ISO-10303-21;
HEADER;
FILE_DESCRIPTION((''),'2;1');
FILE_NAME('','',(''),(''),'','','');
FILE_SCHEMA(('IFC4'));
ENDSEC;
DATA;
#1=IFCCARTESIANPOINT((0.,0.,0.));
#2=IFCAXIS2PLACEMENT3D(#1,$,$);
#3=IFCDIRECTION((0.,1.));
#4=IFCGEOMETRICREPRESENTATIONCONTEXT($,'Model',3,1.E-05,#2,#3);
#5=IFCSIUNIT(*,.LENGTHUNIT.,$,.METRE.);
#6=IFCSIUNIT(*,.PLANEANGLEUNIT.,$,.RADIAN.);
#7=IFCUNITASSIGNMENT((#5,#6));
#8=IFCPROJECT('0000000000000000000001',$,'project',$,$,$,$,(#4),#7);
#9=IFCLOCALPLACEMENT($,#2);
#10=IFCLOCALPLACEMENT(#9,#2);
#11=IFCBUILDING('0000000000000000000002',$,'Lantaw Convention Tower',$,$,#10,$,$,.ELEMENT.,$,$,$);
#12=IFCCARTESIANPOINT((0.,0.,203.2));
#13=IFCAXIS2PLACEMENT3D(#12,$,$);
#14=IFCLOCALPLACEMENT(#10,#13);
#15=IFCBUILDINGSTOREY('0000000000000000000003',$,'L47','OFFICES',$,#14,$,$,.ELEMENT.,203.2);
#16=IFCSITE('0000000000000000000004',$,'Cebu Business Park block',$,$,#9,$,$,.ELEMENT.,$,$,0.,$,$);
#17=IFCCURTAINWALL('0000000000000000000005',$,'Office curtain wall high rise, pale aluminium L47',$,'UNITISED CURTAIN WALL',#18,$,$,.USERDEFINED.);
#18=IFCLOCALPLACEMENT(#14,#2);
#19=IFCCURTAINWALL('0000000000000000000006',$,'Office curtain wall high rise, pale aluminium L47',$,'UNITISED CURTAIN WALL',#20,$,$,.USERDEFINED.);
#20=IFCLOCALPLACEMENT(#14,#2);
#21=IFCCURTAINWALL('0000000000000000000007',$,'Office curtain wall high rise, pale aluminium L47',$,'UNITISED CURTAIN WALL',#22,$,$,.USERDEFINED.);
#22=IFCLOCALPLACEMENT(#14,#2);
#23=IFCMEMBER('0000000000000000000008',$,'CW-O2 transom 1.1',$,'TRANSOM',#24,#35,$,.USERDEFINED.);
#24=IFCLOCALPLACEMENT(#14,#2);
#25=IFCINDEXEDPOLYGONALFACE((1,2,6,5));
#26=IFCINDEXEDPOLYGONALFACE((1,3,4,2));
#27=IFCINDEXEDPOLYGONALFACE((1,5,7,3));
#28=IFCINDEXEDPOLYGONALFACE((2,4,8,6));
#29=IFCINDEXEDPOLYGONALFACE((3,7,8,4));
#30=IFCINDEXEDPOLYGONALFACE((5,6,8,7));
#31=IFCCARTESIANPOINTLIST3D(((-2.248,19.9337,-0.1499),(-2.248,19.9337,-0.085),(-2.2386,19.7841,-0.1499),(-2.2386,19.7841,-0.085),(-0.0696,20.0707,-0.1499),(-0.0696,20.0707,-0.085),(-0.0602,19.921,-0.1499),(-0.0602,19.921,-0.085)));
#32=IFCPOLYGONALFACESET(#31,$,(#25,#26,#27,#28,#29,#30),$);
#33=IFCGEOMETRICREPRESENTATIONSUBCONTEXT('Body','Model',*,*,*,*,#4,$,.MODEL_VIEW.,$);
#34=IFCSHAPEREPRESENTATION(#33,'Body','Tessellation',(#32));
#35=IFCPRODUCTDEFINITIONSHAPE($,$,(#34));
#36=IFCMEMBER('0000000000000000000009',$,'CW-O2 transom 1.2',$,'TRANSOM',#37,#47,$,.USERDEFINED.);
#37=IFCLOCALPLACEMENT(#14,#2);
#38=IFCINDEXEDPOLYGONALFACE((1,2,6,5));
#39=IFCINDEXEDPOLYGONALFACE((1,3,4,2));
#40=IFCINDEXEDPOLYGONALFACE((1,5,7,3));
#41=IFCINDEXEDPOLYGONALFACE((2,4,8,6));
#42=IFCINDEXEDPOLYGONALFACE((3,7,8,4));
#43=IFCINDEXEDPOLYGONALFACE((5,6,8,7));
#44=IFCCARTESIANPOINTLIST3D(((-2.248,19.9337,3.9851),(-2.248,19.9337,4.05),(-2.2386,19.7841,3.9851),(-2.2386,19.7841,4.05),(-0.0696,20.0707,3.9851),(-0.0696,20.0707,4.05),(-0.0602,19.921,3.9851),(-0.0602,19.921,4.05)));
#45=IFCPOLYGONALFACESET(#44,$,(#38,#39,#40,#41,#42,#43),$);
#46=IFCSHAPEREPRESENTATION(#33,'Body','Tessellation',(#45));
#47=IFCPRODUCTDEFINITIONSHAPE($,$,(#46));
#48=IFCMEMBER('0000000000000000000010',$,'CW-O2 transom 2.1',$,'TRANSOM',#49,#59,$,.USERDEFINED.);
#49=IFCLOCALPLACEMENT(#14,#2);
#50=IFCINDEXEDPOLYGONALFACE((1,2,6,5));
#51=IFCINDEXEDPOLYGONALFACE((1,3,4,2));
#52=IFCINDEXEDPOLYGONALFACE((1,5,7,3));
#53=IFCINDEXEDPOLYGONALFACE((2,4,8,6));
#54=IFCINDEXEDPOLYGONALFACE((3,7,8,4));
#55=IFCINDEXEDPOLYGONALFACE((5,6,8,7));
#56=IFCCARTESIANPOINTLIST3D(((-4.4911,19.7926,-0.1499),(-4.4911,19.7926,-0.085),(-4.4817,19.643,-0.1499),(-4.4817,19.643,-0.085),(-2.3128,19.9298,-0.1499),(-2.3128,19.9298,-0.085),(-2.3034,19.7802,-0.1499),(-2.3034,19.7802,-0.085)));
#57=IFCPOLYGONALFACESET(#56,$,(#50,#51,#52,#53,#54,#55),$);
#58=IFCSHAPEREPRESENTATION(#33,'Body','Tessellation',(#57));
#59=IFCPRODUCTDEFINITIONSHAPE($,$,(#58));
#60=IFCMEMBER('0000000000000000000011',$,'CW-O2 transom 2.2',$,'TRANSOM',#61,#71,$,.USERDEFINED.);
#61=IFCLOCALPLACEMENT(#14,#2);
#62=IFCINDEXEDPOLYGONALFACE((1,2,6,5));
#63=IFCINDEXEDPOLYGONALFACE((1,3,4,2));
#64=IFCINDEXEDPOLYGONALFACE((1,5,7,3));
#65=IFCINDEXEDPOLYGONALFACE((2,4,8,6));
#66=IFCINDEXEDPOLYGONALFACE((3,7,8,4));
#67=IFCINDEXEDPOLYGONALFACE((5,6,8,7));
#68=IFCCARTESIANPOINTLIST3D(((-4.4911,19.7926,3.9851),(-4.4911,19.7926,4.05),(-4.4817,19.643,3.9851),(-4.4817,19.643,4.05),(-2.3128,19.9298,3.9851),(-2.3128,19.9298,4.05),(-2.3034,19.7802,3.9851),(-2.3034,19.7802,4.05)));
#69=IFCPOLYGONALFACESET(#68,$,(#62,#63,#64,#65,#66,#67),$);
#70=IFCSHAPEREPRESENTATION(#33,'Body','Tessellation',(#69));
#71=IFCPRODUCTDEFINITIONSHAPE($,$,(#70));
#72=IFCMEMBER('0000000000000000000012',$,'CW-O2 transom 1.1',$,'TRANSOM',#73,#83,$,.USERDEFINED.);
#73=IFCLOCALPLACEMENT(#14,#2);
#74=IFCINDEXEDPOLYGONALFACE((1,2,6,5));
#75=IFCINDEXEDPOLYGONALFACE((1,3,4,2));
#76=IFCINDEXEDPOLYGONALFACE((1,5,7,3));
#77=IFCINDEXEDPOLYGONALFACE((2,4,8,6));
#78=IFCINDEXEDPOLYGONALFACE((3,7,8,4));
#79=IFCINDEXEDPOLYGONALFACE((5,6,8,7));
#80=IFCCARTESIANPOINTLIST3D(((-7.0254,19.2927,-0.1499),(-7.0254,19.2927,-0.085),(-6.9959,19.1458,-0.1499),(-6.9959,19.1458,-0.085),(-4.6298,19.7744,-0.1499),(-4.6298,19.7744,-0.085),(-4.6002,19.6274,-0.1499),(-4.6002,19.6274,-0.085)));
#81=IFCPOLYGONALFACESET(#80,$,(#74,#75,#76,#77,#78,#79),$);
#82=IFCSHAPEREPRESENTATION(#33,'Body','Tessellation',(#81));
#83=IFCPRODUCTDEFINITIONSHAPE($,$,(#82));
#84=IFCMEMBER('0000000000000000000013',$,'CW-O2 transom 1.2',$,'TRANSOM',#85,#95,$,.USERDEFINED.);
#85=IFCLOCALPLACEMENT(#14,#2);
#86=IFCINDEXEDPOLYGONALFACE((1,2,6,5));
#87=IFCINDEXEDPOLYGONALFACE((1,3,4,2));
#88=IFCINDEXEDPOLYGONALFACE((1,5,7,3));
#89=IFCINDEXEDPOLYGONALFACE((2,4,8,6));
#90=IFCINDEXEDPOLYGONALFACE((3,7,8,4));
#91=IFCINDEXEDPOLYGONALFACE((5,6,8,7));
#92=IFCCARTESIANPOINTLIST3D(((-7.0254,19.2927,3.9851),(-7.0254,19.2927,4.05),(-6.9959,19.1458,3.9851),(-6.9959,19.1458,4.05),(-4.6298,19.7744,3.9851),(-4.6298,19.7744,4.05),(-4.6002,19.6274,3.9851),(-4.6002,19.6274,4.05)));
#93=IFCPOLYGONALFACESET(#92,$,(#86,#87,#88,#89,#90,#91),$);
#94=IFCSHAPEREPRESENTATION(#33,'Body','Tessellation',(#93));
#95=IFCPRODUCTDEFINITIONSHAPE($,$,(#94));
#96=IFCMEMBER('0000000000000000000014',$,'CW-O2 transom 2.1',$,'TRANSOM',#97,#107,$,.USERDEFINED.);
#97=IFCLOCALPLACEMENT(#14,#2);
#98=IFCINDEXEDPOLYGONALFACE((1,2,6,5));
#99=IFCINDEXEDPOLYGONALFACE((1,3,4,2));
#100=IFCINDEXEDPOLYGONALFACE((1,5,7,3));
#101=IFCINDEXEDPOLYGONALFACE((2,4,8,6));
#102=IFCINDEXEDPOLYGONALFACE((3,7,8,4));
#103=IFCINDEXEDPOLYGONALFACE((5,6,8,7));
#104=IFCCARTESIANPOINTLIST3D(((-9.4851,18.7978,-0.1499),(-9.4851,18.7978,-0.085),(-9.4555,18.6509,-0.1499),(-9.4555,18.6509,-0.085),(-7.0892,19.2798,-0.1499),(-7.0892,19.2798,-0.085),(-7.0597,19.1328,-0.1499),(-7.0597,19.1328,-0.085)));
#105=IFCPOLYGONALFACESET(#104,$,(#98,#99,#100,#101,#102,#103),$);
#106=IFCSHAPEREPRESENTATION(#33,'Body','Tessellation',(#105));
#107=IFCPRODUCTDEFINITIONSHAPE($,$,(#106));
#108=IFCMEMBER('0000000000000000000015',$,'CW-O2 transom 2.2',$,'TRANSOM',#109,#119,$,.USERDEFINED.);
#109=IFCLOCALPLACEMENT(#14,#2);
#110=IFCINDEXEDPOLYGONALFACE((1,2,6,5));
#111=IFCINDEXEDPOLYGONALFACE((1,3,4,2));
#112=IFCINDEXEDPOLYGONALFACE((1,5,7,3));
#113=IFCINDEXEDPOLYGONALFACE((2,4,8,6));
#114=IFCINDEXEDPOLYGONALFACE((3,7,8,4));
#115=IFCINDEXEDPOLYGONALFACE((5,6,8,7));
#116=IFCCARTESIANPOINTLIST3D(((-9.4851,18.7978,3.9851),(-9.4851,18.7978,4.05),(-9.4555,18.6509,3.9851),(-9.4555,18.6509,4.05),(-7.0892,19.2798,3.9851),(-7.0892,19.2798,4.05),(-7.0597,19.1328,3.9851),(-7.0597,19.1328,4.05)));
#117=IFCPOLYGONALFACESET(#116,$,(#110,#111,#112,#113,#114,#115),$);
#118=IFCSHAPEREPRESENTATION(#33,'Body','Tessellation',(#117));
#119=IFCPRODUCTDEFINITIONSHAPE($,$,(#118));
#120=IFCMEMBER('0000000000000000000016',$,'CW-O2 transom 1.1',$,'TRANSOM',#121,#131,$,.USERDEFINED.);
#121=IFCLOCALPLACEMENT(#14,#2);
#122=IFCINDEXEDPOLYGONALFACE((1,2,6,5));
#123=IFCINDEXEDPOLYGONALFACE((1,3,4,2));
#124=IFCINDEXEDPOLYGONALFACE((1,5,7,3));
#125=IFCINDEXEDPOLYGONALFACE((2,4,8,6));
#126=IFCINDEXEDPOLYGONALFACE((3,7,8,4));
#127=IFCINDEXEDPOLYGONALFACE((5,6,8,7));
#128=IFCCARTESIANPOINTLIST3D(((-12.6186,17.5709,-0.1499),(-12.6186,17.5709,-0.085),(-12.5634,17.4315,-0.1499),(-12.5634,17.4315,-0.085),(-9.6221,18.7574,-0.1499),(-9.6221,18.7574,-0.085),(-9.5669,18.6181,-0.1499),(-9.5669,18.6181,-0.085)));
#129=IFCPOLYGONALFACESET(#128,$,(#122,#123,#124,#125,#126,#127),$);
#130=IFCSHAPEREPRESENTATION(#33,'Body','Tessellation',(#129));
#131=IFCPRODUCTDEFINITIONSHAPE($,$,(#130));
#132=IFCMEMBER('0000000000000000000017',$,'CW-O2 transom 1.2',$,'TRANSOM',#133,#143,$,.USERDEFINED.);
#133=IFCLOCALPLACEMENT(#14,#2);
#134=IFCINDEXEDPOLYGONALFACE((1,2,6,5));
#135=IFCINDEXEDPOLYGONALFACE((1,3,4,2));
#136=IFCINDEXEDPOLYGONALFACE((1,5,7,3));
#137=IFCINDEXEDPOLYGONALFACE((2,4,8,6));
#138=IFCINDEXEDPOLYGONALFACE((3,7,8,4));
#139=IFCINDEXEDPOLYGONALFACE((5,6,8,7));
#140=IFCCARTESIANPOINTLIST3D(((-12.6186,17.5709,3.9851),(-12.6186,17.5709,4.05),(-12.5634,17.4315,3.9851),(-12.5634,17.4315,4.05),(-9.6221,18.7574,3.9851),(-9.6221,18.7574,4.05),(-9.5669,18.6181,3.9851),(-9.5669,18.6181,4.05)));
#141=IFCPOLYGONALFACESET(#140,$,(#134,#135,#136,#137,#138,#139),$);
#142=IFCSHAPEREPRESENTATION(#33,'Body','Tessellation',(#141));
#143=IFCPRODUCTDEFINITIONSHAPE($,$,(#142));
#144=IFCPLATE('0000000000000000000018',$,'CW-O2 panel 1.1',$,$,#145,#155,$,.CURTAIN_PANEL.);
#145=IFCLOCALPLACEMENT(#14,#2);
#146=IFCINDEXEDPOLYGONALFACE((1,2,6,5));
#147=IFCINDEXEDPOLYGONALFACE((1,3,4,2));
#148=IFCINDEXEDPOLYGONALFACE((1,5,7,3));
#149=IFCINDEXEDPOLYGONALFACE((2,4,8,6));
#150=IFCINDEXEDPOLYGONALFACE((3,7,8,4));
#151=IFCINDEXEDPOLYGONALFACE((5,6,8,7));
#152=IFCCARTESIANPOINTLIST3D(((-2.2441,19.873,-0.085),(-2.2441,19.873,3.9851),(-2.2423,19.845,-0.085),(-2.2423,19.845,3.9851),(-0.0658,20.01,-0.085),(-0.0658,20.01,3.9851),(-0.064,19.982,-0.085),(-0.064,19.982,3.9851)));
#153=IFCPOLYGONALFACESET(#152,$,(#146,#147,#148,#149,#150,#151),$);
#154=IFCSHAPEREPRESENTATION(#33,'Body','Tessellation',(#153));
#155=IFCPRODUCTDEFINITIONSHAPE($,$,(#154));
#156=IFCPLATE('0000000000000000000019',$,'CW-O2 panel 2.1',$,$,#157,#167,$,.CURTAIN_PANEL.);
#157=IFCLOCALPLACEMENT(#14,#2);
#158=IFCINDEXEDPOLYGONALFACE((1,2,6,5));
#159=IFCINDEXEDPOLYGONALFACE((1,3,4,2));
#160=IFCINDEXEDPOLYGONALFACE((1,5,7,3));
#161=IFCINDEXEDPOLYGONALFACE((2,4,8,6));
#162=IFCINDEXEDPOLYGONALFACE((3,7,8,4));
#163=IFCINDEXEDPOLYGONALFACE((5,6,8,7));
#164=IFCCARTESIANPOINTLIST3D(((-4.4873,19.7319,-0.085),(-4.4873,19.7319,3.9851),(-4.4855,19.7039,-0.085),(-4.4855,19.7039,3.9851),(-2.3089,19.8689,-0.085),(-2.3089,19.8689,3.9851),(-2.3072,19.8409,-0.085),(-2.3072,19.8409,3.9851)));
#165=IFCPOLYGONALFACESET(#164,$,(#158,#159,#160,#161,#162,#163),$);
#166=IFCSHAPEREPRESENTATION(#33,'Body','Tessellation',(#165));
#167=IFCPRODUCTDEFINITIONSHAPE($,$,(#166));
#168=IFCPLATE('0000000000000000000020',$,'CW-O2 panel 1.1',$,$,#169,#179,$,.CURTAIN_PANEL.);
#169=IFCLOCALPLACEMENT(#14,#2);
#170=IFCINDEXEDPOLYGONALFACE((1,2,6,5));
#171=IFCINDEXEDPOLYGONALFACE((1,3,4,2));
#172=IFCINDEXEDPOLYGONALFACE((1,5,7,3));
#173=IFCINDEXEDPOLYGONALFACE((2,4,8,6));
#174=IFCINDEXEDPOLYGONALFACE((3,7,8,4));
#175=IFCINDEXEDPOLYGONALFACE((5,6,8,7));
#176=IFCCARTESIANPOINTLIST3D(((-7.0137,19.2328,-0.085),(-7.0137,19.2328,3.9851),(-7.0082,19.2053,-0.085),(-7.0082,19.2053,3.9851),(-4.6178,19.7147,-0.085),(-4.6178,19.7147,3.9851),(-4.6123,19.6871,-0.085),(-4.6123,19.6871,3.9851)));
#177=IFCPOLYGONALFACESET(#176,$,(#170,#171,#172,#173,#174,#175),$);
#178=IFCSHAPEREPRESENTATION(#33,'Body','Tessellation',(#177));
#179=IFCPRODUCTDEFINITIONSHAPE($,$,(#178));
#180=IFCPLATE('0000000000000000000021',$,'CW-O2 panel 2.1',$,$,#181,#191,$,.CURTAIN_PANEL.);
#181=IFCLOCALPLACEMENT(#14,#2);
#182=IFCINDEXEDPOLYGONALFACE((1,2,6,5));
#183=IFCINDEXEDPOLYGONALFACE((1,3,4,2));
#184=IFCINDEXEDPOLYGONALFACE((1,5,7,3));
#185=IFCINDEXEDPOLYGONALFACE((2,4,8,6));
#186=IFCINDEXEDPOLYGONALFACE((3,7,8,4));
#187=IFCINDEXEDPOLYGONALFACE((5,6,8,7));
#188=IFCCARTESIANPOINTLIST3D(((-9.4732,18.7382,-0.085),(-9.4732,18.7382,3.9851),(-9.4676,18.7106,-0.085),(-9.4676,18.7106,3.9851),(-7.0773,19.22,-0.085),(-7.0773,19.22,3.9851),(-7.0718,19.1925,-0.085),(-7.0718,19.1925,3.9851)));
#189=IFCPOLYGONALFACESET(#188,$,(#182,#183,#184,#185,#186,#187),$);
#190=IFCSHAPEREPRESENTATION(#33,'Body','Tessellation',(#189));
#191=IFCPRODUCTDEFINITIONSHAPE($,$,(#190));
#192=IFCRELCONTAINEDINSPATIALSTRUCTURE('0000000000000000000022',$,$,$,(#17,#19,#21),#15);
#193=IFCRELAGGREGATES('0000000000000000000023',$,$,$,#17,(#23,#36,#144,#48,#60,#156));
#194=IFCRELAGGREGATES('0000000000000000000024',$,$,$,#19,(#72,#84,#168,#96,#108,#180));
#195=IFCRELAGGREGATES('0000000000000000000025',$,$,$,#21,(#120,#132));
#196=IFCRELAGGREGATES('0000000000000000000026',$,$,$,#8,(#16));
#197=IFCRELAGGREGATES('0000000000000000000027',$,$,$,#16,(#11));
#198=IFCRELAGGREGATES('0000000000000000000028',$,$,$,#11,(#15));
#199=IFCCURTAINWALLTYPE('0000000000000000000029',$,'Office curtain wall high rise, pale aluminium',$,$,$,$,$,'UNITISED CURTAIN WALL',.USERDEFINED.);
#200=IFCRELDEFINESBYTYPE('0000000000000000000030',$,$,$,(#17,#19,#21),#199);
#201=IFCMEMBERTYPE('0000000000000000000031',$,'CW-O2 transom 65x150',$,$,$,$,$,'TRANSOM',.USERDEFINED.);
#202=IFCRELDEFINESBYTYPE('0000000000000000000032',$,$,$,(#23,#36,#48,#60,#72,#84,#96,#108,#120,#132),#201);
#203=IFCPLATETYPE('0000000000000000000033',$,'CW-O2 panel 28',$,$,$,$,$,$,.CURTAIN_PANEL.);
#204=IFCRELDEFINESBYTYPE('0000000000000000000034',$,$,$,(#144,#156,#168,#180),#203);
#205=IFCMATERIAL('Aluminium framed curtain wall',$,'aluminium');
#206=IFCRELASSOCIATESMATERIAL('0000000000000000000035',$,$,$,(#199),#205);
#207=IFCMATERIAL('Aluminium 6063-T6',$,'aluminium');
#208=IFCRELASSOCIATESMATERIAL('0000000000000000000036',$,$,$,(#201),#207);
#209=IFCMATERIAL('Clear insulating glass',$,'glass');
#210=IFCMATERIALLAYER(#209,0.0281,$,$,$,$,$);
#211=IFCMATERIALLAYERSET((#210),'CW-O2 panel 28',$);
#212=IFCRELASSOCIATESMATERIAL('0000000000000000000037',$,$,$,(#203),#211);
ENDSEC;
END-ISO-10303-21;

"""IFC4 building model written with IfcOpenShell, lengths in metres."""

from ifc_helpers import new_model, si_unit, direction, frame, origin, origin_2d, place, context, subcontext, project, spatial, rectangle, extrude, material, layer, layer_set, material_profile, profile_set, type_object, element, aggregate, save


model = new_model("IFC4")

# Units and contexts
model_context = context("Model", 3, precision=1e-05, world=origin(), true_north=direction((0.0, 1.0)))
body_context = subcontext(model_context, "Body", "Model", "MODEL_VIEW")
ifc_project = project(units=[si_unit("LENGTHUNIT", "METRE"), si_unit("PLANEANGLEUNIT", "RADIAN")], contexts=[model_context])

# Site, building, storey
site_placement = place(None, origin())
site = spatial("IfcSite", under=ifc_project, at=site_placement, Name="Cebu Business Park block", CompositionType="ELEMENT", RefElevation=0.0)
building_placement = place(site_placement, origin())
building = spatial("IfcBuilding", under=site, at=building_placement, Name="Lantaw Convention Tower", CompositionType="ELEMENT")
storey_placement = place(building_placement, frame((0.0, 0.0, 203.2)))
storey = spatial("IfcBuildingStorey", under=building, at=storey_placement, Name="L47", Description="OFFICES", CompositionType="ELEMENT", Elevation=203.2)

# Curtain walls
ifc_material_1 = material(Name="Aluminium framed curtain wall", Category="aluminium")
curtain_wall_type = type_object("IfcCurtainWallType", Name="Office curtain wall high rise, pale aluminium", ElementType="UNITISED CURTAIN WALL", PredefinedType="USERDEFINED", material=ifc_material_1)
curtain_wall_1_placement = place(storey_placement, origin())
curtain_wall_1 = element("IfcCurtainWall", 1, at=curtain_wall_1_placement, inside=storey, type_object=curtain_wall_type, Name="Office curtain wall high rise, pale aluminium L47", ObjectType="UNITISED CURTAIN WALL", PredefinedType="USERDEFINED")
ifc_material_2 = material(Name="Aluminium 6063-T6", Category="aluminium")
curtain_wall_2_placement = place(storey_placement, origin())
curtain_wall_2 = element("IfcCurtainWall", 2, at=curtain_wall_2_placement, inside=storey, type_object=curtain_wall_type, Name="Office curtain wall high rise, pale aluminium L47", ObjectType="UNITISED CURTAIN WALL", PredefinedType="USERDEFINED")

# Curtain wall
curtain_wall_3_placement = place(storey_placement, origin())
curtain_wall_3 = element("IfcCurtainWall", 3, at=curtain_wall_3_placement, inside=storey, type_object=curtain_wall_type, Name="Office curtain wall high rise, pale aluminium L47", ObjectType="UNITISED CURTAIN WALL", PredefinedType="USERDEFINED")

# Members
ifc_material_profile_1 = material_profile(ifc_material_2, rectangle(XDim=0.1499, YDim=0.0649, at=origin_2d()), Name="CW-O2 transom 65x150")
ifc_profile_set_1 = profile_set([ifc_material_profile_1], Name="Aluminium 6063-T6")
member_type_1 = type_object("IfcMemberType", Name="CW-O2 transom 65x150", ElementType="TRANSOM", PredefinedType="USERDEFINED", material=ifc_profile_set_1)
member_1_placement = place(storey_placement, frame((-0.0649, 19.9958, -0.1174), z_axis=(-0.998029, -0.062754, 0.0), x_axis=(0.062754, -0.998029, 0.0)))
member_1 = element("IfcMember", 4, at=member_1_placement, type_object=member_type_1, Name="CW-O2 transom 1.1", ObjectType="TRANSOM", PredefinedType="USERDEFINED", context=body_context, shape_type="SweptSolid", body=[
    extrude(rectangle(XDim=0.1499, YDim=0.0649, at=origin_2d()), origin(), (0.0, 0.0, 1.0), 2.1826),
])
member_2_placement = place(storey_placement, frame((-0.0649, 19.9958, 4.0176), z_axis=(-0.998029, -0.062754, 0.0), x_axis=(0.062754, -0.998029, 0.0)))
member_2 = element("IfcMember", 5, at=member_2_placement, type_object=member_type_1, Name="CW-O2 transom 1.2", ObjectType="TRANSOM", PredefinedType="USERDEFINED", context=body_context, shape_type="SweptSolid", body=[
    extrude(rectangle(XDim=0.1499, YDim=0.0649, at=origin_2d()), origin(), (0.0, 0.0, 1.0), 2.1826),
])
member_3_placement = place(storey_placement, frame((-2.3081, 19.855, -0.1174), z_axis=(-0.998022, -0.062866, 0.0), x_axis=(0.062866, -0.998022, 0.0)))
member_3 = element("IfcMember", 6, at=member_3_placement, type_object=member_type_1, Name="CW-O2 transom 2.1", ObjectType="TRANSOM", PredefinedType="USERDEFINED", context=body_context, shape_type="SweptSolid", body=[
    extrude(rectangle(XDim=0.1499, YDim=0.0649, at=origin_2d()), origin(), (0.0, 0.0, 1.0), 2.1826),
])
member_4_placement = place(storey_placement, frame((-2.3081, 19.855, 4.0176), z_axis=(-0.998022, -0.062866, 0.0), x_axis=(0.062866, -0.998022, 0.0)))
member_4 = element("IfcMember", 7, at=member_4_placement, type_object=member_type_1, Name="CW-O2 transom 2.2", ObjectType="TRANSOM", PredefinedType="USERDEFINED", context=body_context, shape_type="SweptSolid", body=[
    extrude(rectangle(XDim=0.1499, YDim=0.0649, at=origin_2d()), origin(), (0.0, 0.0, 1.0), 2.1826),
])
member_5_placement = place(storey_placement, frame((-4.615, 19.7009, -0.1174), z_axis=(-0.98038, -0.197115, 0.0), x_axis=(0.197115, -0.98038, 0.0)))
member_5 = element("IfcMember", 8, at=member_5_placement, type_object=member_type_1, Name="CW-O2 transom 1.1", ObjectType="TRANSOM", PredefinedType="USERDEFINED", context=body_context, shape_type="SweptSolid", body=[
    extrude(rectangle(XDim=0.1499, YDim=0.0649, at=origin_2d()), origin(), (0.0, 0.0, 1.0), 2.4436),
])
member_6_placement = place(storey_placement, frame((-4.615, 19.7009, 4.0176), z_axis=(-0.98038, -0.197115, 0.0), x_axis=(0.197115, -0.98038, 0.0)))
member_6 = element("IfcMember", 9, at=member_6_placement, type_object=member_type_1, Name="CW-O2 transom 1.2", ObjectType="TRANSOM", PredefinedType="USERDEFINED", context=body_context, shape_type="SweptSolid", body=[
    extrude(rectangle(XDim=0.1499, YDim=0.0649, at=origin_2d()), origin(), (0.0, 0.0, 1.0), 2.4436),
])
member_7_placement = place(storey_placement, frame((-7.0745, 19.2063, -0.1174), z_axis=(-0.980361, -0.197211, 0.0), x_axis=(0.197211, -0.980361, 0.0)))
member_7 = element("IfcMember", 10, at=member_7_placement, type_object=member_type_1, Name="CW-O2 transom 2.1", ObjectType="TRANSOM", PredefinedType="USERDEFINED", context=body_context, shape_type="SweptSolid", body=[
    extrude(rectangle(XDim=0.1499, YDim=0.0649, at=origin_2d()), origin(), (0.0, 0.0, 1.0), 2.4438),
])
member_8_placement = place(storey_placement, frame((-7.0745, 19.2063, 4.0176), z_axis=(-0.980361, -0.197211, 0.0), x_axis=(0.197211, -0.980361, 0.0)))
member_8 = element("IfcMember", 11, at=member_8_placement, type_object=member_type_1, Name="CW-O2 transom 2.2", ObjectType="TRANSOM", PredefinedType="USERDEFINED", context=body_context, shape_type="SweptSolid", body=[
    extrude(rectangle(XDim=0.1499, YDim=0.0649, at=origin_2d()), origin(), (0.0, 0.0, 1.0), 2.4438),
])
member_9_placement = place(storey_placement, frame((-9.5945, 18.6877, -0.1174), z_axis=(-0.929767, -0.368149, 0.0), x_axis=(0.368149, -0.929767, 0.0)))
member_9 = element("IfcMember", 12, at=member_9_placement, type_object=member_type_1, Name="CW-O2 transom 1.1", ObjectType="TRANSOM", PredefinedType="USERDEFINED", context=body_context, shape_type="SweptSolid", body=[
    extrude(rectangle(XDim=0.1499, YDim=0.0649, at=origin_2d()), origin(), (0.0, 0.0, 1.0), 3.2229),
])
member_10_placement = place(storey_placement, frame((-9.5945, 18.6877, 4.0176), z_axis=(-0.929767, -0.368149, 0.0), x_axis=(0.368149, -0.929767, 0.0)))
member_10 = element("IfcMember", 13, at=member_10_placement, type_object=member_type_1, Name="CW-O2 transom 1.2", ObjectType="TRANSOM", PredefinedType="USERDEFINED", context=body_context, shape_type="SweptSolid", body=[
    extrude(rectangle(XDim=0.1499, YDim=0.0649, at=origin_2d()), origin(), (0.0, 0.0, 1.0), 3.2229),
])

# Plates
ifc_material_3 = material(Name="Clear insulating glass", Category="glass")
ifc_layer_1 = layer(ifc_material_3, 0.0281)
ifc_layer_set_1 = layer_set([ifc_layer_1], Name="CW-O2 panel 28")
plate_type_1 = type_object("IfcPlateType", Name="CW-O2 panel 28", PredefinedType="CURTAIN_PANEL", material=ifc_layer_set_1)
plate_1_placement = place(storey_placement, frame((-1.1541, 19.9275, -0.085), z_axis=(0.0, 0.0, 1.0), x_axis=(-0.998029, -0.062758, 0.0)))
plate_1 = element("IfcPlate", 14, at=plate_1_placement, type_object=plate_type_1, Name="CW-O2 panel 1.1", PredefinedType="CURTAIN_PANEL", context=body_context, shape_type="SweptSolid", body=[
    extrude(rectangle(XDim=2.1826, YDim=0.0281, at=origin_2d()), origin(), (0.0, 0.0, 1.0), 4.0701),
])
plate_2_placement = place(storey_placement, frame((-3.3972, 19.7864, -0.085), z_axis=(0.0, 0.0, 1.0), x_axis=(-0.998029, -0.062758, 0.0)))
plate_2 = element("IfcPlate", 15, at=plate_2_placement, type_object=plate_type_1, Name="CW-O2 panel 2.1", PredefinedType="CURTAIN_PANEL", context=body_context, shape_type="SweptSolid", body=[
    extrude(rectangle(XDim=2.1826, YDim=0.0281, at=origin_2d()), origin(), (0.0, 0.0, 1.0), 4.0701),
])
aggregate(curtain_wall_1, [member_1, member_2, plate_1, member_3, member_4, plate_2])
plate_3_placement = place(storey_placement, frame((-5.813, 19.46, -0.085), z_axis=(0.0, 0.0, 1.0), x_axis=(-0.980367, -0.197183, 0.0)))
plate_3 = element("IfcPlate", 16, at=plate_3_placement, type_object=plate_type_1, Name="CW-O2 panel 1.1", PredefinedType="CURTAIN_PANEL", context=body_context, shape_type="SweptSolid", body=[
    extrude(rectangle(XDim=2.4438, YDim=0.0281, at=origin_2d()), origin(), (0.0, 0.0, 1.0), 4.0701),
])
plate_4_placement = place(storey_placement, frame((-8.2725, 18.9653, -0.085), z_axis=(0.0, 0.0, 1.0), x_axis=(-0.980367, -0.197183, 0.0)))
plate_4 = element("IfcPlate", 17, at=plate_4_placement, type_object=plate_type_1, Name="CW-O2 panel 2.1", PredefinedType="CURTAIN_PANEL", context=body_context, shape_type="SweptSolid", body=[
    extrude(rectangle(XDim=2.4438, YDim=0.0281, at=origin_2d()), origin(), (0.0, 0.0, 1.0), 4.0701),
])
aggregate(curtain_wall_2, [member_5, member_6, plate_3, member_7, member_8, plate_4])
aggregate(curtain_wall_3, [member_9, member_10])

save(model, "model.ifc")
